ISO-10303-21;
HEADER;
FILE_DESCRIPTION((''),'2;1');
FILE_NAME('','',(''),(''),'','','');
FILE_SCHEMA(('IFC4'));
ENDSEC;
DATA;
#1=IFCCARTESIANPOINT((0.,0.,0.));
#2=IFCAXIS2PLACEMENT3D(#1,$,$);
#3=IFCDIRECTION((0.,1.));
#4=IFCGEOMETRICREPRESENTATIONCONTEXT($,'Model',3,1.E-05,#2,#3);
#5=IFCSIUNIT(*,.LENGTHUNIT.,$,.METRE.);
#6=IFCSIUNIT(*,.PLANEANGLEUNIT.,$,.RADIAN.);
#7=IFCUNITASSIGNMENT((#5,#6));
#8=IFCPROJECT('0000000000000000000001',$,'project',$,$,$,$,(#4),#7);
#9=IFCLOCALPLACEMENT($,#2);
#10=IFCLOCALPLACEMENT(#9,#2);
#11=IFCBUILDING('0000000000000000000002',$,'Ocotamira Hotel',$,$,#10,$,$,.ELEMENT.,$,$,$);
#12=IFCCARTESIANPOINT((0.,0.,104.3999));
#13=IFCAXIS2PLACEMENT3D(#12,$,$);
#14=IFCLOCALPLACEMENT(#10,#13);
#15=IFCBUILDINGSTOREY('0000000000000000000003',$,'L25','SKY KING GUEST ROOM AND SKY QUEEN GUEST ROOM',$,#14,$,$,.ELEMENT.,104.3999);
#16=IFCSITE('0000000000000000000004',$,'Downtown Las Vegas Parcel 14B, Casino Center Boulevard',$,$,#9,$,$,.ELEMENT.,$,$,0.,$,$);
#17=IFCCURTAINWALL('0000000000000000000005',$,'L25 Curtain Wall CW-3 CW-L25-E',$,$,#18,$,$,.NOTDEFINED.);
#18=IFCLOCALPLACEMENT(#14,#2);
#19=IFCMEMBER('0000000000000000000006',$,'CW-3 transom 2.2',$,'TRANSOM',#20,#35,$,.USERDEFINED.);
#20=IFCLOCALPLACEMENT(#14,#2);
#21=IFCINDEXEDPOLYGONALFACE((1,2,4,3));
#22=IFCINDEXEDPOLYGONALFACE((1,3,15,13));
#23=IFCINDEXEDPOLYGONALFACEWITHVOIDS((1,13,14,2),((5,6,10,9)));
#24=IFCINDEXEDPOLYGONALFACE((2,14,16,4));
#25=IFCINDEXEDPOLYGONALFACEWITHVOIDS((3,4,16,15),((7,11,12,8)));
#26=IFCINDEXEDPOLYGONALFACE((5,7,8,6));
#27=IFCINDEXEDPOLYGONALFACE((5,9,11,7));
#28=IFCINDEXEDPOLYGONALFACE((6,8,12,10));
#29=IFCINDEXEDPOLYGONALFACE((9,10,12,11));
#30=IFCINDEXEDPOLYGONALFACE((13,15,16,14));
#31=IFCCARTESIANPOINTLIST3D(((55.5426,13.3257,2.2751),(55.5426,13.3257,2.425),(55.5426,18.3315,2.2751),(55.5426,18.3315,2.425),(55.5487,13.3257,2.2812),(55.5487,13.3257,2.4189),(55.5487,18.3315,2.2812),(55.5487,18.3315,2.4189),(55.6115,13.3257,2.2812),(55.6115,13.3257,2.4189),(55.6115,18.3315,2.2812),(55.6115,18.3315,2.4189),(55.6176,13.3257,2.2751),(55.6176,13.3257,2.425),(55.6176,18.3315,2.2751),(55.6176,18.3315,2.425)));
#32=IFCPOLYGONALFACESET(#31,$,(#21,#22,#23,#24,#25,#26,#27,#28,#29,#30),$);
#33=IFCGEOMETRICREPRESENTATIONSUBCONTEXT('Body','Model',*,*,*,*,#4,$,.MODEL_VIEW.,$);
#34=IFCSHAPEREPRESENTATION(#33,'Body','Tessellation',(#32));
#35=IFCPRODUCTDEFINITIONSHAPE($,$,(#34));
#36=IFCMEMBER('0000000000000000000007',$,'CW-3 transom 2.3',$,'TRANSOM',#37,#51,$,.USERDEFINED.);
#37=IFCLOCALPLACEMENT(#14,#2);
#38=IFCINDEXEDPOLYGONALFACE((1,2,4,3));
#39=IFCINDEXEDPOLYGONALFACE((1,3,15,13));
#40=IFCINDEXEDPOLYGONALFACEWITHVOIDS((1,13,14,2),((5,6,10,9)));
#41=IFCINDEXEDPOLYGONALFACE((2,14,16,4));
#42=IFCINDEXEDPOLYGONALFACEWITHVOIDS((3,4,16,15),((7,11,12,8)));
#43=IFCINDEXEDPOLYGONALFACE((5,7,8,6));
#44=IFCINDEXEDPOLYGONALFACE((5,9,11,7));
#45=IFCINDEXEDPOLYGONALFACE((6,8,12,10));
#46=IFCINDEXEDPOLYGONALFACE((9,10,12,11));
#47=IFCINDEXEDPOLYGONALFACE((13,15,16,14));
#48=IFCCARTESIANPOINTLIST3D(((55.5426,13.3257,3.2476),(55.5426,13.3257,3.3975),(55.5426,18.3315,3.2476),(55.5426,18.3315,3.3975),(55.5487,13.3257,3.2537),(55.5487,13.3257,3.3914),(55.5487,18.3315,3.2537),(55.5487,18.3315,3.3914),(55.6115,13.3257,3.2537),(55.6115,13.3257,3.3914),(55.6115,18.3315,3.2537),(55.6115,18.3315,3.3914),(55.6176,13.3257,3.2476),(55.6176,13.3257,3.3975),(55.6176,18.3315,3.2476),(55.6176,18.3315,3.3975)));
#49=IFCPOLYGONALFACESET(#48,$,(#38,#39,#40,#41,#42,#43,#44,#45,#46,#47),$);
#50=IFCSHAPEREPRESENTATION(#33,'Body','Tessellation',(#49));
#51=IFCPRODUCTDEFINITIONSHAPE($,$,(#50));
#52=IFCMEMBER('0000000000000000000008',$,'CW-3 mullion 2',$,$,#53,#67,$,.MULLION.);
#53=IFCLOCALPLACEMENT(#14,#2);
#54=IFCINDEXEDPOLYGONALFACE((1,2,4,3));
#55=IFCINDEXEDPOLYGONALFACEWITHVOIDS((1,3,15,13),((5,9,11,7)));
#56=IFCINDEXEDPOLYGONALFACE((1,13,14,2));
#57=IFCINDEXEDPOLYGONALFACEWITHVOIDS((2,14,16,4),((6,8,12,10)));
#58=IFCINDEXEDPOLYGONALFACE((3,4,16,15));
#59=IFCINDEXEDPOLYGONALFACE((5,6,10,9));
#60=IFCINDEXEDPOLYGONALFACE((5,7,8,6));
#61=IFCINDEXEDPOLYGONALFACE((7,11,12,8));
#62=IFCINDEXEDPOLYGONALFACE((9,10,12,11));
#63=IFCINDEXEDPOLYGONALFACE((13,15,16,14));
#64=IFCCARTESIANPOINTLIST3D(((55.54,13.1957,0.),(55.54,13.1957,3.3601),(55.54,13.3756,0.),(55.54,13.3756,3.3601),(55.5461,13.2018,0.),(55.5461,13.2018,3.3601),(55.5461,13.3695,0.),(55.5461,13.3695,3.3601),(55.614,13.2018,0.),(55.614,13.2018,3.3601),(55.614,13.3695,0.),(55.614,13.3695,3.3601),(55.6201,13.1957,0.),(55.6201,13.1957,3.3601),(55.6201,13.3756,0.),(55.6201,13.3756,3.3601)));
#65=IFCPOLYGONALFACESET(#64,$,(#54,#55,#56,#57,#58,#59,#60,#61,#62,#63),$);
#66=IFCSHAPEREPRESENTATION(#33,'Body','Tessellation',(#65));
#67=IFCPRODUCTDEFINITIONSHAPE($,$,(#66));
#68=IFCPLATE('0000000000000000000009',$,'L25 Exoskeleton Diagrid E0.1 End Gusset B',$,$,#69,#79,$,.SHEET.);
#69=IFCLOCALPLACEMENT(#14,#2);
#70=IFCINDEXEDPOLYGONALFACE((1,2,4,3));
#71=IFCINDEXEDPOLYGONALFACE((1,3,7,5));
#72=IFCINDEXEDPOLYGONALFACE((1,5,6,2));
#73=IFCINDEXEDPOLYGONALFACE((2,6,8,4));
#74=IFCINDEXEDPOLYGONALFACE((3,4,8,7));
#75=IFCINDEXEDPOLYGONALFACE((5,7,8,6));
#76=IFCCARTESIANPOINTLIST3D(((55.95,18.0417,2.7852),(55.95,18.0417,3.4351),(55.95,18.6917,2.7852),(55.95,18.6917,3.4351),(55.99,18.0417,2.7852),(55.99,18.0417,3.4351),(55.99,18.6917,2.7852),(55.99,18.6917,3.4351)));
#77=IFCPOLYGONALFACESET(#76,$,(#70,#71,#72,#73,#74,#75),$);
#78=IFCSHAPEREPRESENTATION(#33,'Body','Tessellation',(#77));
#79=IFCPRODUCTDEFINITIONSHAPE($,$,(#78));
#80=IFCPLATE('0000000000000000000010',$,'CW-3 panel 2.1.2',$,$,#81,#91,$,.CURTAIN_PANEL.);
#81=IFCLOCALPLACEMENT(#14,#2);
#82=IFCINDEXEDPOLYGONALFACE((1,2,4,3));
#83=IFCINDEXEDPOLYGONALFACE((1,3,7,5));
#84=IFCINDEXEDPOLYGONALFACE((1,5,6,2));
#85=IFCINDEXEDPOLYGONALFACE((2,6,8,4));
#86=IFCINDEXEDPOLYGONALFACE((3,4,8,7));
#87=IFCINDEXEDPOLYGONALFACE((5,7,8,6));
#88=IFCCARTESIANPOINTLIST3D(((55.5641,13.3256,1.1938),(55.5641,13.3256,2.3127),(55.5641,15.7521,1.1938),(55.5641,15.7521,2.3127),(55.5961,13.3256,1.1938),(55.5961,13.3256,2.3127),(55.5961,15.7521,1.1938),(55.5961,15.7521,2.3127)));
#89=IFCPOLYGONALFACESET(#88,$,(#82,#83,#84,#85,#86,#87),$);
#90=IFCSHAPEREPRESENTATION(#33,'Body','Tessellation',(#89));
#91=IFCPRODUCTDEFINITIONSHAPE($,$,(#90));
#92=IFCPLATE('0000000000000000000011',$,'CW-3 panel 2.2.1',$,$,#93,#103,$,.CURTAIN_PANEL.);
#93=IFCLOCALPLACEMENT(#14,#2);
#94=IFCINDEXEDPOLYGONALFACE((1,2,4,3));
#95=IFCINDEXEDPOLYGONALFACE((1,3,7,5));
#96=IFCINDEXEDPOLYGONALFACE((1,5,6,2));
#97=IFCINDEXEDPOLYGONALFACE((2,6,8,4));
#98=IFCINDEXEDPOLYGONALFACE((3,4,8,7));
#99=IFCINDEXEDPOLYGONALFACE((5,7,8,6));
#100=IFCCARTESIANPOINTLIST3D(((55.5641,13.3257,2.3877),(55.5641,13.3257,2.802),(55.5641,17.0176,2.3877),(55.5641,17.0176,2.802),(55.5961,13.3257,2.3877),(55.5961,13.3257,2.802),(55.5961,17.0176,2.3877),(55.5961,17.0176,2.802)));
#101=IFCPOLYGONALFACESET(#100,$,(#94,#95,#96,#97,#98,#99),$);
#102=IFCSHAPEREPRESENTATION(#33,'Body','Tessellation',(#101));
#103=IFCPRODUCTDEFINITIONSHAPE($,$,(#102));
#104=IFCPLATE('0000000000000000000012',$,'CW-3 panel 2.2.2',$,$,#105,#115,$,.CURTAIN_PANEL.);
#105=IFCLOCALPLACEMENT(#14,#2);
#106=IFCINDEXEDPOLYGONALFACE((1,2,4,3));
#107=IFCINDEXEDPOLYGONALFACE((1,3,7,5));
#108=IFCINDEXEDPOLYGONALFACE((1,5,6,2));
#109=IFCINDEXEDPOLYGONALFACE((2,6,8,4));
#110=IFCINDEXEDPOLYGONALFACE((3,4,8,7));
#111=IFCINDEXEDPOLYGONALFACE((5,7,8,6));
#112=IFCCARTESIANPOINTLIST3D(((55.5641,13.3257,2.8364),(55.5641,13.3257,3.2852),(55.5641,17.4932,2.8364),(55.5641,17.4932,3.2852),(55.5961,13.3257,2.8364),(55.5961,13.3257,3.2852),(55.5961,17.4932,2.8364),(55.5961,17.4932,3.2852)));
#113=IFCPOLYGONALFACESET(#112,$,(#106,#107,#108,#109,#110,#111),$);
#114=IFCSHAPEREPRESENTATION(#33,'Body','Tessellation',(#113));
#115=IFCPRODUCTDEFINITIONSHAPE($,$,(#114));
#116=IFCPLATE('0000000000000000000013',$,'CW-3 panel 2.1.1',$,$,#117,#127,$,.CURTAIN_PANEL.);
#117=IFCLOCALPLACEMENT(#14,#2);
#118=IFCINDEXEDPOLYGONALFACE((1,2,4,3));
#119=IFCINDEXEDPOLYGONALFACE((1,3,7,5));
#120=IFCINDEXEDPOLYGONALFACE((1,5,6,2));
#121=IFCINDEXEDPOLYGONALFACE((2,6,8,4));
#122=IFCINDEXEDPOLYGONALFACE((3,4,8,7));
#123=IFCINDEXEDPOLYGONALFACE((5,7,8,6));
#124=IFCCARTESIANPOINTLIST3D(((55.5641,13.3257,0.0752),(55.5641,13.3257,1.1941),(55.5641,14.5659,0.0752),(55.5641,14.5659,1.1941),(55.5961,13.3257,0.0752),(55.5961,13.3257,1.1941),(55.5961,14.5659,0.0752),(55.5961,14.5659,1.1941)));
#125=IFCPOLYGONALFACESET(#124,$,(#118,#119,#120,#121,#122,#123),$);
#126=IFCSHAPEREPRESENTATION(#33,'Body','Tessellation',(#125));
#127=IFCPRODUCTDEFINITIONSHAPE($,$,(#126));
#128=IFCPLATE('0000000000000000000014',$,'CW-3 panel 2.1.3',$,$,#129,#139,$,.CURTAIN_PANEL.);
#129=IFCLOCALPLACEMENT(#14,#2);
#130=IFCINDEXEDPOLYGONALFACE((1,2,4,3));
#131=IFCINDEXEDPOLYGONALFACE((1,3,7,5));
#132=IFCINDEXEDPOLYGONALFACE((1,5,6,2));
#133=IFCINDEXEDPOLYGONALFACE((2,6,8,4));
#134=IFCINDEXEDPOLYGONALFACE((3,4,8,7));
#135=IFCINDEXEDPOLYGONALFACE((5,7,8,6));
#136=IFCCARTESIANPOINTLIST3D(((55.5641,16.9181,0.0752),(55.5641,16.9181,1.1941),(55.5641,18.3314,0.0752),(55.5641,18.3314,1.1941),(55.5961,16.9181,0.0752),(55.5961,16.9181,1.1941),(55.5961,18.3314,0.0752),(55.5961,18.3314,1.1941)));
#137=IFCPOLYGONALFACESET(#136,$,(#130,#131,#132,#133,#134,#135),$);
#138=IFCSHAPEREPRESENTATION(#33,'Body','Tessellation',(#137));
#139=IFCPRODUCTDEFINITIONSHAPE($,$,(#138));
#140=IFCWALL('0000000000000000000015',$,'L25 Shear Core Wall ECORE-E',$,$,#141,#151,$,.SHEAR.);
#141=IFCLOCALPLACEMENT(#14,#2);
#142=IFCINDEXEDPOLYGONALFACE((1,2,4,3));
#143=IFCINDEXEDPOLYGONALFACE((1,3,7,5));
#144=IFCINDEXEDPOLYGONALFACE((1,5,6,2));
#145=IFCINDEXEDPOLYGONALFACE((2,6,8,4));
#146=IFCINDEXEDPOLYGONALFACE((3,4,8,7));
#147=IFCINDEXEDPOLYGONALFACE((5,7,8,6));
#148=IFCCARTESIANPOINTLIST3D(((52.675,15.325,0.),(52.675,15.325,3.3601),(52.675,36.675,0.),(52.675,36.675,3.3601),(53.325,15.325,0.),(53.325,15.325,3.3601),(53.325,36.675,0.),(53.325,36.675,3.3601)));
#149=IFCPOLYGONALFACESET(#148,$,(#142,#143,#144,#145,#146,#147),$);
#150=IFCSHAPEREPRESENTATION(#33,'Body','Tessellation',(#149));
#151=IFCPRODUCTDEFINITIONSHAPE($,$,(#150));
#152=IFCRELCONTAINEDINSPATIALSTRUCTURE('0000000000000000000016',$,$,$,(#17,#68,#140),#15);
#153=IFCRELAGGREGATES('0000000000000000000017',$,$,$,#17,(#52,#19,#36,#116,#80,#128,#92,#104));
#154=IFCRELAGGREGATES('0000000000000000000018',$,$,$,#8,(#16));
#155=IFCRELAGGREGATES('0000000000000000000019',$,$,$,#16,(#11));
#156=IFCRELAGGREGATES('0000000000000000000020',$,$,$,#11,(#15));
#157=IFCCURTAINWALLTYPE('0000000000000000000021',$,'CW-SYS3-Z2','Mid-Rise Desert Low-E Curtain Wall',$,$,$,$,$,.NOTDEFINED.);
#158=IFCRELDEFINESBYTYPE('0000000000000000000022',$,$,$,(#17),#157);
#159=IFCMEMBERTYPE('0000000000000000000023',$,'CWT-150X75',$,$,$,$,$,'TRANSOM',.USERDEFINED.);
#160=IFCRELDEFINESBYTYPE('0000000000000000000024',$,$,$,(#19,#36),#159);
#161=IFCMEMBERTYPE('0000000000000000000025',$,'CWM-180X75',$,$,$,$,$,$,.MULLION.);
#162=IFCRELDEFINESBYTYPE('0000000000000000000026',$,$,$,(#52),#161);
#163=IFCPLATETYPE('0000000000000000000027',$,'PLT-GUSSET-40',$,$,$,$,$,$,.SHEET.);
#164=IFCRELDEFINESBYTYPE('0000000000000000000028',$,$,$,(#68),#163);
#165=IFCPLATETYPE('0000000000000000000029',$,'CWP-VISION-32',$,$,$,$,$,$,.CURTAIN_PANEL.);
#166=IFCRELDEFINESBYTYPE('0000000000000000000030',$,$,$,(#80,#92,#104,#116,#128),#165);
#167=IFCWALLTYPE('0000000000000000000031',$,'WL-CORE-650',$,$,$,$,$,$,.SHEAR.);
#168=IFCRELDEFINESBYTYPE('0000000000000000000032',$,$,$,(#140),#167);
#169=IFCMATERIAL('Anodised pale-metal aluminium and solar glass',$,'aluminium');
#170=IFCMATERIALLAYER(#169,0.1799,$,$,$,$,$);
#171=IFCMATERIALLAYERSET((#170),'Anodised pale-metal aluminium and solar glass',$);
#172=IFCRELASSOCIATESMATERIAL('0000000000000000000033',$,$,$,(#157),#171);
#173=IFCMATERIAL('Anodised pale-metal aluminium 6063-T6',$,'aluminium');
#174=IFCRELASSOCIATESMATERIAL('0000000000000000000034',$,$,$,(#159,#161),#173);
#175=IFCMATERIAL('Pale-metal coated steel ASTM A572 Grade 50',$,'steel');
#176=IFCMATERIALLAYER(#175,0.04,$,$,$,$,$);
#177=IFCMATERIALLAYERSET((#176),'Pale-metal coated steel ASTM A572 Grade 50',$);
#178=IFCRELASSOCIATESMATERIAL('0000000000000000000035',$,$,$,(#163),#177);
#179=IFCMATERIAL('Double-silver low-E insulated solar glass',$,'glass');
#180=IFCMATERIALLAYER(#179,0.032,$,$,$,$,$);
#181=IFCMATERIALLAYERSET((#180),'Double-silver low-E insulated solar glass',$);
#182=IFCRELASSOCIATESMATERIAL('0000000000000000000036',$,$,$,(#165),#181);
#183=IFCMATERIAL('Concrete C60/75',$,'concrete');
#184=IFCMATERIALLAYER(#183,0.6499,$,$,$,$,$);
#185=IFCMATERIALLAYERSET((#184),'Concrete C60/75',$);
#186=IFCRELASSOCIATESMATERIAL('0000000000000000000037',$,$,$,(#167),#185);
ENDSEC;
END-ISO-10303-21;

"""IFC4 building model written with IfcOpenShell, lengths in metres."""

from ifc_helpers import new_model, si_unit, direction, frame, frame_2d, origin, origin_2d, place, context, subcontext, project, spatial, rectangle, hollow_rectangle, extrude, source, transform, mapped, material, layer, layer_set, material_profile, profile_set, type_object, element, aggregate, save


model = new_model("IFC4")

# Units and contexts
model_context = context("Model", 3, precision=1e-05, world=origin(), true_north=direction((0.0, 1.0)))
body_context = subcontext(model_context, "Body", "Model", "MODEL_VIEW")
ifc_project = project(units=[si_unit("LENGTHUNIT", "METRE"), si_unit("PLANEANGLEUNIT", "RADIAN")], contexts=[model_context])

# Site, building, storey
site_placement = place(None, origin())
site = spatial("IfcSite", under=ifc_project, at=site_placement, Name="Downtown Las Vegas Parcel 14B, Casino Center Boulevard", CompositionType="ELEMENT", RefElevation=0.0)
building_placement = place(site_placement, origin())
building = spatial("IfcBuilding", under=site, at=building_placement, Name="Ocotamira Hotel", CompositionType="ELEMENT")
storey_placement = place(building_placement, frame((0.0, 0.0, 104.3999)))
storey = spatial("IfcBuildingStorey", under=building, at=storey_placement, Name="L25", Description="SKY KING GUEST ROOM AND SKY QUEEN GUEST ROOM", CompositionType="ELEMENT", Elevation=104.3999)

# Curtain wall, members
ifc_material_1 = material(Name="Anodised pale-metal aluminium and solar glass", Category="aluminium")
ifc_layer_1 = layer(ifc_material_1, 0.1799)
ifc_layer_set_1 = layer_set([ifc_layer_1], Name="Anodised pale-metal aluminium and solar glass")
curtain_wall_type = type_object("IfcCurtainWallType", Name="CW-SYS3-Z2", Description="Mid-Rise Desert Low-E Curtain Wall", PredefinedType="NOTDEFINED", material=ifc_layer_set_1)
curtain_wall_placement = place(storey_placement, origin())
curtain_wall = element("IfcCurtainWall", 1, at=curtain_wall_placement, inside=storey, type_object=curtain_wall_type, Name="L25 Curtain Wall CW-3 CW-L25-E", PredefinedType="NOTDEFINED")
ifc_material_2 = material(Name="Anodised pale-metal aluminium 6063-T6", Category="aluminium")
ifc_material_profile_1 = material_profile(ifc_material_2, hollow_rectangle(XDim=0.075, YDim=0.1499, WallThickness=0.0061, at=origin_2d()), Name="HSS150X75X6")
ifc_profile_set_1 = profile_set([ifc_material_profile_1], Name="Anodised pale-metal aluminium 6063-T6")
member_type_1 = type_object("IfcMemberType", Name="CWT-150X75", ElementType="TRANSOM", PredefinedType="USERDEFINED", material=ifc_profile_set_1)
shared_shape_1 = source(origin(), body_context, "Body", "SweptSolid", [
    extrude(hollow_rectangle(XDim=0.075, YDim=0.1499, WallThickness=0.0061, at=origin_2d()), origin(), (0.0, 0.0, 1.0), 5.0059),
])
member_1_placement = place(storey_placement, frame((55.5801, 13.3257, 2.3501), z_axis=(0.0, 1.0, 0.0), x_axis=(-1.0, 0.0, 0.0)))
member_1 = element("IfcMember", 2, at=member_1_placement, type_object=member_type_1, Name="CW-3 transom 2.2", ObjectType="TRANSOM", PredefinedType="USERDEFINED", context=body_context, shape_type="MappedRepresentation", body=[
    mapped(shared_shape_1, transform((0.0, 0.0, 0.0), scale=1.0)),
])
member_2_placement = place(storey_placement, frame((55.5801, 13.3257, 3.3225), z_axis=(0.0, 1.0, 0.0), x_axis=(-1.0, 0.0, 0.0)))
member_2 = element("IfcMember", 3, at=member_2_placement, type_object=member_type_1, Name="CW-3 transom 2.3", ObjectType="TRANSOM", PredefinedType="USERDEFINED", context=body_context, shape_type="MappedRepresentation", body=[
    mapped(shared_shape_1, transform((0.0, 0.0, 0.0), scale=1.0)),
])
ifc_material_profile_2 = material_profile(ifc_material_2, hollow_rectangle(XDim=0.0801, YDim=0.1799, WallThickness=0.0061, at=origin_2d()), Name="HSS180X80X6")
ifc_profile_set_2 = profile_set([ifc_material_profile_2], Name="Anodised pale-metal aluminium 6063-T6")
member_type_2 = type_object("IfcMemberType", Name="CWM-180X75", PredefinedType="MULLION", material=ifc_profile_set_2)
shared_shape_2 = source(origin(), body_context, "Body", "SweptSolid", [
    extrude(hollow_rectangle(XDim=0.0801, YDim=0.1799, WallThickness=0.0061, at=origin_2d()), origin(), (0.0, 0.0, 1.0), 3.3601),
])
member_3_placement = place(storey_placement, frame((55.5801, 13.2856, 0.0), z_axis=(0.0, 0.0, 1.0), x_axis=(-1.0, 0.0, 0.0)))
member_3 = element("IfcMember", 4, at=member_3_placement, type_object=member_type_2, Name="CW-3 mullion 2", PredefinedType="MULLION", context=body_context, shape_type="MappedRepresentation", body=[
    mapped(shared_shape_2, transform((0.0, 0.0, 0.0), scale=1.0)),
])

# Plates
ifc_material_3 = material(Name="Pale-metal coated steel ASTM A572 Grade 50", Category="steel")
ifc_layer_2 = layer(ifc_material_3, 0.04)
ifc_layer_set_2 = layer_set([ifc_layer_2], Name="Pale-metal coated steel ASTM A572 Grade 50")
plate_type_1 = type_object("IfcPlateType", Name="PLT-GUSSET-40", PredefinedType="SHEET", material=ifc_layer_set_2)
shared_shape_3 = source(origin(), body_context, "Body", "SweptSolid", [
    extrude(rectangle(XDim=0.04, YDim=0.6499, at=origin_2d()), origin(), (0.0, 0.0, 1.0), 0.6499),
])
plate_1_placement = place(storey_placement, frame((55.97, 18.3667, 2.7852), z_axis=(0.0, 0.0, 1.0), x_axis=(1.0, 0.0, 0.0)))
element("IfcPlate", 5, at=plate_1_placement, inside=storey, type_object=plate_type_1, Name="L25 Exoskeleton Diagrid E0.1 End Gusset B", PredefinedType="SHEET", context=body_context, shape_type="MappedRepresentation", body=[
    mapped(shared_shape_3, transform((0.0, 0.0, 0.0), scale=1.0)),
])
ifc_material_4 = material(Name="Double-silver low-E insulated solar glass", Category="glass")
ifc_layer_3 = layer(ifc_material_4, 0.032)
ifc_layer_set_3 = layer_set([ifc_layer_3], Name="Double-silver low-E insulated solar glass")
plate_type_2 = type_object("IfcPlateType", Name="CWP-VISION-32", PredefinedType="CURTAIN_PANEL", material=ifc_layer_set_3)
shared_shape_4 = source(origin(), body_context, "Body", "SweptSolid", [
    extrude(rectangle(XDim=2.4265, YDim=0.032, at=origin_2d()), origin(), (0.0, 0.0, 1.0), 1.1189),
])
plate_2_placement = place(storey_placement, frame((55.5801, 14.5388, 1.1938), z_axis=(0.0, 0.0, 1.0), x_axis=(0.0, 1.0, 0.0)))
plate_2 = element("IfcPlate", 6, at=plate_2_placement, type_object=plate_type_2, Name="CW-3 panel 2.1.2", PredefinedType="CURTAIN_PANEL", context=body_context, shape_type="MappedRepresentation", body=[
    mapped(shared_shape_4, transform((0.0, 0.0, 0.0), scale=1.0)),
])
shared_shape_5 = source(origin(), body_context, "Body", "SweptSolid", [
    extrude(rectangle(XDim=3.6919, YDim=0.032, at=origin_2d()), origin(), (0.0, 0.0, 1.0), 0.4143),
])
plate_3_placement = place(storey_placement, frame((55.5801, 15.1716, 2.3877), z_axis=(0.0, 0.0, 1.0), x_axis=(0.0, 1.0, 0.0)))
plate_3 = element("IfcPlate", 7, at=plate_3_placement, type_object=plate_type_2, Name="CW-3 panel 2.2.1", PredefinedType="CURTAIN_PANEL", context=body_context, shape_type="MappedRepresentation", body=[
    mapped(shared_shape_5, transform((0.0, 0.0, 0.0), scale=1.0)),
])
shared_shape_6 = source(origin(), body_context, "Body", "SweptSolid", [
    extrude(rectangle(XDim=4.1675, YDim=0.032, at=origin_2d()), origin(), (0.0, 0.0, 1.0), 0.4487),
])
plate_4_placement = place(storey_placement, frame((55.5801, 15.4094, 2.8364), z_axis=(0.0, 0.0, 1.0), x_axis=(0.0, 1.0, 0.0)))
plate_4 = element("IfcPlate", 8, at=plate_4_placement, type_object=plate_type_2, Name="CW-3 panel 2.2.2", PredefinedType="CURTAIN_PANEL", context=body_context, shape_type="MappedRepresentation", body=[
    mapped(shared_shape_6, transform((0.0, 0.0, 0.0), scale=1.0)),
])
shared_shape_7 = source(origin(), body_context, "Body", "SweptSolid", [
    extrude(rectangle(XDim=1.2402, YDim=0.032, at=origin_2d()), origin(), (0.0, 0.0, 1.0), 1.1189),
])
plate_5_placement = place(storey_placement, frame((55.5801, 13.9458, 0.0752), z_axis=(0.0, 0.0, 1.0), x_axis=(0.0, 1.0, 0.0)))
plate_5 = element("IfcPlate", 9, at=plate_5_placement, type_object=plate_type_2, Name="CW-3 panel 2.1.1", PredefinedType="CURTAIN_PANEL", context=body_context, shape_type="MappedRepresentation", body=[
    mapped(shared_shape_7, transform((0.0, 0.0, 0.0), scale=1.0)),
])
shared_shape_8 = source(origin(), body_context, "Body", "SweptSolid", [
    extrude(rectangle(XDim=1.4133, YDim=0.032, at=origin_2d()), origin(), (0.0, 0.0, 1.0), 1.1189),
])
plate_6_placement = place(storey_placement, frame((55.5801, 17.6248, 0.0752), z_axis=(0.0, 0.0, 1.0), x_axis=(0.0, 1.0, 0.0)))
plate_6 = element("IfcPlate", 10, at=plate_6_placement, type_object=plate_type_2, Name="CW-3 panel 2.1.3", PredefinedType="CURTAIN_PANEL", context=body_context, shape_type="MappedRepresentation", body=[
    mapped(shared_shape_8, transform((0.0, 0.0, 0.0), scale=1.0)),
])
aggregate(curtain_wall, [member_3, member_1, member_2, plate_5, plate_2, plate_6, plate_3, plate_4])

# Wall
ifc_material_5 = material(Name="Concrete C60/75", Category="concrete")
ifc_layer_4 = layer(ifc_material_5, 0.6499)
ifc_layer_set_4 = layer_set([ifc_layer_4], Name="Concrete C60/75")
wall_type_1 = type_object("IfcWallType", Name="WL-CORE-650", PredefinedType="SHEAR", material=ifc_layer_set_4)
wall_1_placement = place(storey_placement, frame((53.0, 15.325, 0.0), z_axis=(0.0, 0.0, 1.0), x_axis=(0.0, 1.0, 0.0)))
element("IfcWall", 11, at=wall_1_placement, inside=storey, type_object=wall_type_1, Name="L25 Shear Core Wall ECORE-E", PredefinedType="SHEAR", context=body_context, shape_type="SweptSolid", body=[
    extrude(rectangle(XDim=21.3501, YDim=0.6499, at=frame_2d((10.675, 0.0))), origin(), (0.0, 0.0, 1.0), 3.3601),
])

save(model, "model.ifc")
